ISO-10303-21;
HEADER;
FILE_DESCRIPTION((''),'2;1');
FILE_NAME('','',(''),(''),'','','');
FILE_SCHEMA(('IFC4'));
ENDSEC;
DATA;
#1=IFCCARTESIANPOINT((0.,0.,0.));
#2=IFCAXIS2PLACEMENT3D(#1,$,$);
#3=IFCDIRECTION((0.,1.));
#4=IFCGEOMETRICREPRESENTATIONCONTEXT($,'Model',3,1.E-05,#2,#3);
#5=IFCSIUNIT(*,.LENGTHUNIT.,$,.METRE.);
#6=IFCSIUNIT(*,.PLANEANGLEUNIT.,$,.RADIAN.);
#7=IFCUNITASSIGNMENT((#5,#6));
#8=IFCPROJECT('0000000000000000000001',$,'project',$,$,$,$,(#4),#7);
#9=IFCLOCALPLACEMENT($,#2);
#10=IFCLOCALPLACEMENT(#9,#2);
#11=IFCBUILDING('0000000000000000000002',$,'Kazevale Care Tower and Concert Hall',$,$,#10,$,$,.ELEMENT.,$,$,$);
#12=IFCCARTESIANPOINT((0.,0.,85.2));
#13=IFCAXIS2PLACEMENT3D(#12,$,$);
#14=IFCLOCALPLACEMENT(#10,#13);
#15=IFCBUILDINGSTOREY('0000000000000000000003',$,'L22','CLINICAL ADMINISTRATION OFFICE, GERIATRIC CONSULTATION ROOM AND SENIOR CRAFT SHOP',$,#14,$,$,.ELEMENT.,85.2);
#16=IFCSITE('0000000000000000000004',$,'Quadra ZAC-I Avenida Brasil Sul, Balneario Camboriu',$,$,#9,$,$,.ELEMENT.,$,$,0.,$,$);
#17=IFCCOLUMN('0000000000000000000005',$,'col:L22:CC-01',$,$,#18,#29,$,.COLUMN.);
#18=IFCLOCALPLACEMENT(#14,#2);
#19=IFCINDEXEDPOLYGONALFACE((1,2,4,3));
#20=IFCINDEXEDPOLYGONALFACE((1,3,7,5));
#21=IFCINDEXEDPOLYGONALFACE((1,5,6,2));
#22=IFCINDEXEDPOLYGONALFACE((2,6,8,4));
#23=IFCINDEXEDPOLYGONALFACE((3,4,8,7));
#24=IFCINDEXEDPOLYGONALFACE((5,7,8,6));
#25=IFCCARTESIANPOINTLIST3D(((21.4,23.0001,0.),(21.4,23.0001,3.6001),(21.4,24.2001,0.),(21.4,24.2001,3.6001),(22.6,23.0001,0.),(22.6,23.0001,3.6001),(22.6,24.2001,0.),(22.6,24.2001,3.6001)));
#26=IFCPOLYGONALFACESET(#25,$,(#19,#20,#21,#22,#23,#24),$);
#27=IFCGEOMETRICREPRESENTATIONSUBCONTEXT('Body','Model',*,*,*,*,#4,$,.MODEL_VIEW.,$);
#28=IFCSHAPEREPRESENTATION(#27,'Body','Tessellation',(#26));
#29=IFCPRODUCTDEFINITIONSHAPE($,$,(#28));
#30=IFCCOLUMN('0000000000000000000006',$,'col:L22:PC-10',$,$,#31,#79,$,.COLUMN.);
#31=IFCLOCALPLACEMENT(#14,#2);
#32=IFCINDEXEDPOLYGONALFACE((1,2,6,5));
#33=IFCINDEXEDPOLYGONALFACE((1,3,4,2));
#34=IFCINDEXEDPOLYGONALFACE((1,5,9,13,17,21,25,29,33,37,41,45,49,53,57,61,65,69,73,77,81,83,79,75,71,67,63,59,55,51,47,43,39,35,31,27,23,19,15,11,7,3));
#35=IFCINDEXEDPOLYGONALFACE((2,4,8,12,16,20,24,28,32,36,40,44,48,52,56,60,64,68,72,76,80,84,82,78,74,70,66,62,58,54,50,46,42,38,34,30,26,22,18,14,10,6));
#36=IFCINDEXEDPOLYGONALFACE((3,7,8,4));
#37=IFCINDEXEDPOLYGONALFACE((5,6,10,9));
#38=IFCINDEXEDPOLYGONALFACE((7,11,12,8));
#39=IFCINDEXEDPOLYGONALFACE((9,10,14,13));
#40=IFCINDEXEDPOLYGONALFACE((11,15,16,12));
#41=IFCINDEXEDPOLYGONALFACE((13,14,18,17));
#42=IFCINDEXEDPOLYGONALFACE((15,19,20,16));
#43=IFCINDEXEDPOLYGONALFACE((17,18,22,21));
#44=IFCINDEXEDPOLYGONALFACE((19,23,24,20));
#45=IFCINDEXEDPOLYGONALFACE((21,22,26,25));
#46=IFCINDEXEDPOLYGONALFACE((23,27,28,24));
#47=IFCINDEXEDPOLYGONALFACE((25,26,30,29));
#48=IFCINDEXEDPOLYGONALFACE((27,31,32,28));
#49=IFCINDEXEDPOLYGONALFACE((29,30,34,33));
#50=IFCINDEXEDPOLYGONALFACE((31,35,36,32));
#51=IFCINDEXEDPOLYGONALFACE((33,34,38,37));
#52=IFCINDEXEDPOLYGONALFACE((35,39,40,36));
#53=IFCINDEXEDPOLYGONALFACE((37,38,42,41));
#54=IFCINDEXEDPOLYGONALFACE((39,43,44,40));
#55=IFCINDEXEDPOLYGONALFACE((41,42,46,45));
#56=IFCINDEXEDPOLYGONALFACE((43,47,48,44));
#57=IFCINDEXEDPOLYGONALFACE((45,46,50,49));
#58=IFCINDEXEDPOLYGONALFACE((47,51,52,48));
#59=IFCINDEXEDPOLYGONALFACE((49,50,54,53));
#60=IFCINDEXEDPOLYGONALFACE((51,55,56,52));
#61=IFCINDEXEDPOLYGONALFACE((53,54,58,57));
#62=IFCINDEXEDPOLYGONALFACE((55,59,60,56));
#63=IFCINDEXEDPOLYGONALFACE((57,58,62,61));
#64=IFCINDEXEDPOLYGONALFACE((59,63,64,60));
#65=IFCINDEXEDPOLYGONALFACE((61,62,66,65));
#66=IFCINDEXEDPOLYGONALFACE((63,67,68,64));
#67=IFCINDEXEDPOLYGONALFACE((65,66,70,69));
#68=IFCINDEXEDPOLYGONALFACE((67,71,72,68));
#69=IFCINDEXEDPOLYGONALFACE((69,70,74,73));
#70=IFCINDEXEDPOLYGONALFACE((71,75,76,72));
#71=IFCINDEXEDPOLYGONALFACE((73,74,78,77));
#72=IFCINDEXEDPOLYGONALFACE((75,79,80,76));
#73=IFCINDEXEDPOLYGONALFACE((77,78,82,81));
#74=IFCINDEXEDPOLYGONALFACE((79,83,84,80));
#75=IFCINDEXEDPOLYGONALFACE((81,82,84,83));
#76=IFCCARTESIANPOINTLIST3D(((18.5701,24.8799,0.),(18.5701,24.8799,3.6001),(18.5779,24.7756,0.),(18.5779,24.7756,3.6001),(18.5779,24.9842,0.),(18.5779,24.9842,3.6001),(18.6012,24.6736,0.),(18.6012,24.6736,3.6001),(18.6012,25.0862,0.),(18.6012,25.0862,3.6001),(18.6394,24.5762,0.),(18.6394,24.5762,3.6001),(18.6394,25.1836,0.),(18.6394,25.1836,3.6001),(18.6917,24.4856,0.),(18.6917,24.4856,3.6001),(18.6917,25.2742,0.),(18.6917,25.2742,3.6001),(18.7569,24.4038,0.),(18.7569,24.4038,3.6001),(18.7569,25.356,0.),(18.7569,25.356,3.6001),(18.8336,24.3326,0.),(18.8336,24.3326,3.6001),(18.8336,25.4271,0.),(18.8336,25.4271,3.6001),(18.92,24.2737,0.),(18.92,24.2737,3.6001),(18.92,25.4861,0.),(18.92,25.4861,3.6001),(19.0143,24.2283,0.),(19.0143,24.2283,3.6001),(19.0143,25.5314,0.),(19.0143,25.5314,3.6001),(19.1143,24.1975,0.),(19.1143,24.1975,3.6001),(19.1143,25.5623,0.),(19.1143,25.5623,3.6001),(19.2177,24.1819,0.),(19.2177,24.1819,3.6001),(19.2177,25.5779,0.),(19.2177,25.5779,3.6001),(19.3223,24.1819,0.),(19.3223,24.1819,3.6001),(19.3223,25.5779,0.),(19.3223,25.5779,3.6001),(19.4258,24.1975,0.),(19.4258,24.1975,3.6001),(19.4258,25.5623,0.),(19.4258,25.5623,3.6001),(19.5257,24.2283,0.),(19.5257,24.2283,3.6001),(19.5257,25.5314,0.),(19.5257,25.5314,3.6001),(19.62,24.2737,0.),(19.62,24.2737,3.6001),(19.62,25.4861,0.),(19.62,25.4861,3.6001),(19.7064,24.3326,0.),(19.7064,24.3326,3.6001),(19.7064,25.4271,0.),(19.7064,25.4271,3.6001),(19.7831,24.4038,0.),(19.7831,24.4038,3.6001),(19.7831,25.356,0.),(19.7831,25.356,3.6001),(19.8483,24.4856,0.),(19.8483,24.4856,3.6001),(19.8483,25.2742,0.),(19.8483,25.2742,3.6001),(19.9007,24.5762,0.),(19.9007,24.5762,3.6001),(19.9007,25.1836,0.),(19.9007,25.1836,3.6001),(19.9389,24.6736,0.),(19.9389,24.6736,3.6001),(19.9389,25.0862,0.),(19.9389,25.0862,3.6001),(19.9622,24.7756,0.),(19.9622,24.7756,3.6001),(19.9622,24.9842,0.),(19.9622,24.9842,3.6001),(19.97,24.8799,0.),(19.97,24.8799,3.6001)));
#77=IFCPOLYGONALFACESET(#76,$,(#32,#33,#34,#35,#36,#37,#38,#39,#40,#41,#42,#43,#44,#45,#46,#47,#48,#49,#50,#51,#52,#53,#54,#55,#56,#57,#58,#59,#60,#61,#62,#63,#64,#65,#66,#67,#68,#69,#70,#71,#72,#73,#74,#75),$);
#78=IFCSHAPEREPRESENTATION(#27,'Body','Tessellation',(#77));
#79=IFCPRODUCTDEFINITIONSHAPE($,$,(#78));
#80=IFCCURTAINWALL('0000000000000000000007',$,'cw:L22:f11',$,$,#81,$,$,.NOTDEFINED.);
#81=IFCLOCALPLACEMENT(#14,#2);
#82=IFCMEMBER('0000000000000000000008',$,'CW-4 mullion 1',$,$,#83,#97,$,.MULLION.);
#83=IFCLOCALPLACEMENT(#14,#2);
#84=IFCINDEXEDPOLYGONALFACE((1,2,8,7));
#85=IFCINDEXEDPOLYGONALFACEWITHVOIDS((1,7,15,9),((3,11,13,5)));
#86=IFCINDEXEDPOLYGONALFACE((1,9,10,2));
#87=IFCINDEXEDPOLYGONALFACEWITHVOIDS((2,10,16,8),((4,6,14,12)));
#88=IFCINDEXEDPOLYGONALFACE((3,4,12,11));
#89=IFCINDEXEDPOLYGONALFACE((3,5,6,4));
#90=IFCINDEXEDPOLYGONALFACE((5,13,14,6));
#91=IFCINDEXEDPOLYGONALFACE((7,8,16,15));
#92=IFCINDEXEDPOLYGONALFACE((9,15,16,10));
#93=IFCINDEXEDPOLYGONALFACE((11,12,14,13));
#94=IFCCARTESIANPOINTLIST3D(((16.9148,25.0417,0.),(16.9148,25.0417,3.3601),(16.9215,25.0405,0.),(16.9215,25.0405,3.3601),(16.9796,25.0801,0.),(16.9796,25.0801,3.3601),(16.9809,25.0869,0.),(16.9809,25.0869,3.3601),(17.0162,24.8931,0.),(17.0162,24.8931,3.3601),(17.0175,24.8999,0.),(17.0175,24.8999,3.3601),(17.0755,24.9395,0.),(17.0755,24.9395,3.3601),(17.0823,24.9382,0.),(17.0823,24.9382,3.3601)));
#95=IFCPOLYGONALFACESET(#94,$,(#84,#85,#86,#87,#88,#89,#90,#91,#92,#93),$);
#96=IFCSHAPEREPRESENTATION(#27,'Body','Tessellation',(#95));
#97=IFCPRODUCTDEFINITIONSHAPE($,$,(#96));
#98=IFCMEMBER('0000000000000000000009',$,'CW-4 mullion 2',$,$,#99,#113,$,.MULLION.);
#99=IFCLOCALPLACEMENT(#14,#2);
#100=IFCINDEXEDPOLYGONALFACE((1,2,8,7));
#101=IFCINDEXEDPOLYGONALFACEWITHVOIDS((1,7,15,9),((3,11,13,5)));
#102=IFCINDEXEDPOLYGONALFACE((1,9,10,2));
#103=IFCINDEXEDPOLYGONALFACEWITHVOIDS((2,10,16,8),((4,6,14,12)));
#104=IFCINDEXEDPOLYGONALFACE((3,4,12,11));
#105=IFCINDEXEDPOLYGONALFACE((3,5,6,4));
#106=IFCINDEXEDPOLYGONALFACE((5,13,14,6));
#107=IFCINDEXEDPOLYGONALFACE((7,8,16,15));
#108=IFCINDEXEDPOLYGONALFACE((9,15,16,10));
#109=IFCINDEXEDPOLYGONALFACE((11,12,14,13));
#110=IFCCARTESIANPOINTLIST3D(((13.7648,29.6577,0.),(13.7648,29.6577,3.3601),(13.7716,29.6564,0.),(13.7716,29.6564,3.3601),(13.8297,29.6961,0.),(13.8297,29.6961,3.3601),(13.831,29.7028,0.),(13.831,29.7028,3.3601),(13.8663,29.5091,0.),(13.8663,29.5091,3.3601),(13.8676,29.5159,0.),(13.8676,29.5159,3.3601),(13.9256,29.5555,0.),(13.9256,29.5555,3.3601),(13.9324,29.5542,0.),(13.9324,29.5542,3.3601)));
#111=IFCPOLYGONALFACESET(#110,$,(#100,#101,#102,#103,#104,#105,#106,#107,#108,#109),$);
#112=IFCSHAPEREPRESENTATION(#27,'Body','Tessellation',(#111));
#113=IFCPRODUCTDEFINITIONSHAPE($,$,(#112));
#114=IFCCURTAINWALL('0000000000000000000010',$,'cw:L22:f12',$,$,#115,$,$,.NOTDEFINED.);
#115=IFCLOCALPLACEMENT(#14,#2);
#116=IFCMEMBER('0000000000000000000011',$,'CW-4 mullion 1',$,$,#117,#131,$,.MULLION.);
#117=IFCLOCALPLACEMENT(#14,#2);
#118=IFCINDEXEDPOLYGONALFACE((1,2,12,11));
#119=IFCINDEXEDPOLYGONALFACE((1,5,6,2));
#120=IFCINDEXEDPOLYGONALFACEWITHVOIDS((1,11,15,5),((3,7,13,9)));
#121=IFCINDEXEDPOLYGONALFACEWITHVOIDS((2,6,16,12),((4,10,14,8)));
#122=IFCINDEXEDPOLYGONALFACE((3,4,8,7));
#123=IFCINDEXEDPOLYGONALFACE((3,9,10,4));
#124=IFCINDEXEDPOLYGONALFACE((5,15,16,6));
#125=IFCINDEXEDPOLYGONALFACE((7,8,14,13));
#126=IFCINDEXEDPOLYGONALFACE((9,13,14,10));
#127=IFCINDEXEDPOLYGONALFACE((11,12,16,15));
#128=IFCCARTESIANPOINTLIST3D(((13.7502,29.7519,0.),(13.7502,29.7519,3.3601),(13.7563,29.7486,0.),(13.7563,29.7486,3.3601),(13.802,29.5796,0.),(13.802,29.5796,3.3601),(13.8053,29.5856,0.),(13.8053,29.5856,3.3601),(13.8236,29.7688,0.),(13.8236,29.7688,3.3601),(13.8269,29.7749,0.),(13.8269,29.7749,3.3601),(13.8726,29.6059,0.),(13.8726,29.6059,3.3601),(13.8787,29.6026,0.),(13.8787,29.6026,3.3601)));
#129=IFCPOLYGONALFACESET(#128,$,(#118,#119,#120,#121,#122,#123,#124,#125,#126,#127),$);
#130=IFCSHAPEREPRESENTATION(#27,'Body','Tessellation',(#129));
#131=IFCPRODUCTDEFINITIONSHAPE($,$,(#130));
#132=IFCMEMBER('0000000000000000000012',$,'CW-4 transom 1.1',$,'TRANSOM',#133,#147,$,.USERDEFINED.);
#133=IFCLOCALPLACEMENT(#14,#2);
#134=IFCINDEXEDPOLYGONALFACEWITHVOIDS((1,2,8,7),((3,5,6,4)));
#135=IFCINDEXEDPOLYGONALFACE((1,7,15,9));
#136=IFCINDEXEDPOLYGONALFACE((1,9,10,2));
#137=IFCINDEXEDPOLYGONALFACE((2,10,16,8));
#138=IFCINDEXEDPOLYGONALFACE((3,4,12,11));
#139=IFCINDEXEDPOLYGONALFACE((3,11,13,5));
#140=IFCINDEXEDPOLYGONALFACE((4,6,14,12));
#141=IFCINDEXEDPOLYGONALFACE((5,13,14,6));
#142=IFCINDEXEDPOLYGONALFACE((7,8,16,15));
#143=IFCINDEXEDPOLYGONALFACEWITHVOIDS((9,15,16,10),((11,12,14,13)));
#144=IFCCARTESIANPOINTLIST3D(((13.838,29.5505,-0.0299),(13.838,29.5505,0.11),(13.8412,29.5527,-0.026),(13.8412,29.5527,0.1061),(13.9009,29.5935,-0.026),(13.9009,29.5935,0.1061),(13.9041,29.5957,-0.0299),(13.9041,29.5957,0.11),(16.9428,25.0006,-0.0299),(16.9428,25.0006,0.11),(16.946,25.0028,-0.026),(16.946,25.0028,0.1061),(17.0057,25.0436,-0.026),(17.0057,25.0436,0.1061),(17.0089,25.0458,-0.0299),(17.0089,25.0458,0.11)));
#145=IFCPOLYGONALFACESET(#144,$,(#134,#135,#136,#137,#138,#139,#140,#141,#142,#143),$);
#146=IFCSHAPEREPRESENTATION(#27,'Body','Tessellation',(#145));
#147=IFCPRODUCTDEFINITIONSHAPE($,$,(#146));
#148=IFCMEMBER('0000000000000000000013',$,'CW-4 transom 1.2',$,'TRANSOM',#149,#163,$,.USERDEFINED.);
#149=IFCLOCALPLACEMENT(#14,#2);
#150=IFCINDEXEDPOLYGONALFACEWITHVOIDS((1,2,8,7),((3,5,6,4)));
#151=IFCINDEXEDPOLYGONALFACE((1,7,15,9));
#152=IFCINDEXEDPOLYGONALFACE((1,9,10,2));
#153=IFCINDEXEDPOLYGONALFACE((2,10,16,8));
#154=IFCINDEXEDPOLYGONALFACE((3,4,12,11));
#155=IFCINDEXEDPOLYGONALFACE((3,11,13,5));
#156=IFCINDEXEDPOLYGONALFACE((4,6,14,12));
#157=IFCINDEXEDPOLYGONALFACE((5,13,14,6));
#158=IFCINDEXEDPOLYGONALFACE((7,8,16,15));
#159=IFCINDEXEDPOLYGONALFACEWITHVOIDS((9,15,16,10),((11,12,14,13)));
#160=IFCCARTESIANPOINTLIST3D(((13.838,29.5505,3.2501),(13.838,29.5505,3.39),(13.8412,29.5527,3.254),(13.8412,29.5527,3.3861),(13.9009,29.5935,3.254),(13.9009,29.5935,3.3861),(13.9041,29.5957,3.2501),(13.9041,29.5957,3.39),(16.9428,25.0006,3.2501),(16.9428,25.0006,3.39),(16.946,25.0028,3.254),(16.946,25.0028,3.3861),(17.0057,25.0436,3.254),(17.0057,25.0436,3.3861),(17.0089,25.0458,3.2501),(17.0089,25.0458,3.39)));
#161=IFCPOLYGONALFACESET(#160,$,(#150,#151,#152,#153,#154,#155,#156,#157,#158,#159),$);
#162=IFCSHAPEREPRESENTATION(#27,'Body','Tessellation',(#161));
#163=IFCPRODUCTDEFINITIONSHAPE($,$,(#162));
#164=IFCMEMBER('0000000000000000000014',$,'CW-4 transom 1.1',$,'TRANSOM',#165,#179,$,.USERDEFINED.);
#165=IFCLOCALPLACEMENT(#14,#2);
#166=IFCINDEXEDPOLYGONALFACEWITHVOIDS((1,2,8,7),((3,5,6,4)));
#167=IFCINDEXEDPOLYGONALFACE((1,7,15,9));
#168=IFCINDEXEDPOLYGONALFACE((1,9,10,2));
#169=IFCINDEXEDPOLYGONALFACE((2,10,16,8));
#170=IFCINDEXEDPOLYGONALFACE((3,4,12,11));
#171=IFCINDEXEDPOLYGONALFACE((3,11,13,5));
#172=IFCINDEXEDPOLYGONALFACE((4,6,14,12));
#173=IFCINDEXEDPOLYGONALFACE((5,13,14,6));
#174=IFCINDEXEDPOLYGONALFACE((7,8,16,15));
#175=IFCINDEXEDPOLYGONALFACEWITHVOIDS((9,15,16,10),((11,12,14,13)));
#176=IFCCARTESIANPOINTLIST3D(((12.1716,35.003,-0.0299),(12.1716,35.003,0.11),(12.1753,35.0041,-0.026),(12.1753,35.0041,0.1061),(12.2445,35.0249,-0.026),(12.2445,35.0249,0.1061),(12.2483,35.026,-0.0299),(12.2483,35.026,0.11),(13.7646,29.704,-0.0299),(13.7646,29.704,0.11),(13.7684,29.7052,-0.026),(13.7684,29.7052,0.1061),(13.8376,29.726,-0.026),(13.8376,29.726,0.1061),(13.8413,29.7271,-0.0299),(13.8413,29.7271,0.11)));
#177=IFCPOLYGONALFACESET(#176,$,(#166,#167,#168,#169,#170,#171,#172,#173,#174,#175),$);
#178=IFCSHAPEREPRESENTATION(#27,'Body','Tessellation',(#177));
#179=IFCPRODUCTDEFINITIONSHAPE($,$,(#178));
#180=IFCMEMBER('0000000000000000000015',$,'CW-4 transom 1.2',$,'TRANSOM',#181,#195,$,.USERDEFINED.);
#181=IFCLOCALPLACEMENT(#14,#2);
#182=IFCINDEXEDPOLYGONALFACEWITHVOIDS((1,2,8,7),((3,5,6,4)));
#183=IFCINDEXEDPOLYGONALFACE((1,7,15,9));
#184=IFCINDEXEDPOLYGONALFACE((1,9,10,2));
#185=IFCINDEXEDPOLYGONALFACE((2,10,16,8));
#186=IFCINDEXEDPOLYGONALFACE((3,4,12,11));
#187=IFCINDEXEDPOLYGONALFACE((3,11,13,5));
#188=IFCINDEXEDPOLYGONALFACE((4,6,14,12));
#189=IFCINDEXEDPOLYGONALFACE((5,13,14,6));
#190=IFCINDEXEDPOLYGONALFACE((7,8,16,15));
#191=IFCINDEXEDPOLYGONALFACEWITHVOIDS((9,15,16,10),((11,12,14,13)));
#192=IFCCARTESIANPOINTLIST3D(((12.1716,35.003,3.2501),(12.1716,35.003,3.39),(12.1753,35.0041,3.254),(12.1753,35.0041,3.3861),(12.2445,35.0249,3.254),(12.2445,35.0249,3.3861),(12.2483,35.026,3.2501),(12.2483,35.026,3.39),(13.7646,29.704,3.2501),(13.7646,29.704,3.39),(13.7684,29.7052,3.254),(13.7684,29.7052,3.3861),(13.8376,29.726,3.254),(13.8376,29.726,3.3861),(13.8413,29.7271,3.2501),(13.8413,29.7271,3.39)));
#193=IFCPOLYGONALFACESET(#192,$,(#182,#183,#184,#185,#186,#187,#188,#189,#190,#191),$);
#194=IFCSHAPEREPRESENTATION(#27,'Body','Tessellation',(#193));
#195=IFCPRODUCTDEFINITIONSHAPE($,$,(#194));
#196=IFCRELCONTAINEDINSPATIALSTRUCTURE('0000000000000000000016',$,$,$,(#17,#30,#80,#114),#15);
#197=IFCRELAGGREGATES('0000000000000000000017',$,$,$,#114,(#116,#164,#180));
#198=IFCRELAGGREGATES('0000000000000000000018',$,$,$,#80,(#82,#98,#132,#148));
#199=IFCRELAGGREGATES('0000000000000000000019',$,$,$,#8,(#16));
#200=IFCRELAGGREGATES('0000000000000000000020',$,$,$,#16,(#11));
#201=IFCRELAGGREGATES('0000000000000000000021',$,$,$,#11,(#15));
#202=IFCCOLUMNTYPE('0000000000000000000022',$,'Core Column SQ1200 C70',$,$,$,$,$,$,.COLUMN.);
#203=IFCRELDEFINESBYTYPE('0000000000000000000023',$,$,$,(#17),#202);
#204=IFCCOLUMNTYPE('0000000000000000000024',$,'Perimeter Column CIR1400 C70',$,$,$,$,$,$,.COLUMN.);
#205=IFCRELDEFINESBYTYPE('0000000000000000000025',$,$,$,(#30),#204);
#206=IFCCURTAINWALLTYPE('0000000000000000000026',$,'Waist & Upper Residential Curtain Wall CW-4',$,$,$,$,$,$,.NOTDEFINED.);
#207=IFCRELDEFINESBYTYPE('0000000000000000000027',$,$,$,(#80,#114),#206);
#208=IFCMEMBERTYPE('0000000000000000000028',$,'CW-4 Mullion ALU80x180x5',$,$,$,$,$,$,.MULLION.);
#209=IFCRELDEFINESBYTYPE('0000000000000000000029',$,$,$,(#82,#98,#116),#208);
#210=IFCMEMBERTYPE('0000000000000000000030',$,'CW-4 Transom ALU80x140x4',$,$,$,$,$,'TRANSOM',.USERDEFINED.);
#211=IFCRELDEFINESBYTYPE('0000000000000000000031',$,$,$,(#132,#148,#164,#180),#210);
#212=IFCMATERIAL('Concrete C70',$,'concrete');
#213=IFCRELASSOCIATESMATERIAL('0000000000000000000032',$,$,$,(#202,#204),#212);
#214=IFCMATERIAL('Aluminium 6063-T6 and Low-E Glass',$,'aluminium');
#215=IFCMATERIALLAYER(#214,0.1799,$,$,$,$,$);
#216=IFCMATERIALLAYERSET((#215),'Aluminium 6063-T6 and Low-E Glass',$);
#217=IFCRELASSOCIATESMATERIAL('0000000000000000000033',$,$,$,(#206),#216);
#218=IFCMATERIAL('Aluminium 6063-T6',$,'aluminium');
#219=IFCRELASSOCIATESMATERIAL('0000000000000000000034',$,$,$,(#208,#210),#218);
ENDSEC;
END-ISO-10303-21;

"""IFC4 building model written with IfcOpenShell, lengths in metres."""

from ifc_helpers import new_model, si_unit, direction, frame, origin, origin_2d, place, context, subcontext, project, spatial, rectangle, hollow_rectangle, circle, extrude, material, layer, layer_set, material_profile, profile_set, type_object, element, aggregate, save


model = new_model("IFC4")

# Units and contexts
model_context = context("Model", 3, precision=1e-05, world=origin(), true_north=direction((0.0, 1.0)))
body_context = subcontext(model_context, "Body", "Model", "MODEL_VIEW")
ifc_project = project(units=[si_unit("LENGTHUNIT", "METRE"), si_unit("PLANEANGLEUNIT", "RADIAN")], contexts=[model_context])

# Site, building, storey
site_placement = place(None, origin())
site = spatial("IfcSite", under=ifc_project, at=site_placement, Name="Quadra ZAC-I Avenida Brasil Sul, Balneario Camboriu", CompositionType="ELEMENT", RefElevation=0.0)
building_placement = place(site_placement, origin())
building = spatial("IfcBuilding", under=site, at=building_placement, Name="Kazevale Care Tower and Concert Hall", CompositionType="ELEMENT")
storey_placement = place(building_placement, frame((0.0, 0.0, 85.2)))
storey = spatial("IfcBuildingStorey", under=building, at=storey_placement, Name="L22", Description="CLINICAL ADMINISTRATION OFFICE, GERIATRIC CONSULTATION ROOM AND SENIOR CRAFT SHOP", CompositionType="ELEMENT", Elevation=85.2)

# Columns
ifc_material_1 = material(Name="Concrete C70", Category="concrete")
ifc_material_profile_1 = material_profile(ifc_material_1, rectangle(XDim=1.2, YDim=1.2, at=origin_2d()), Name="RC-SQ1200")
ifc_profile_set_1 = profile_set([ifc_material_profile_1], Name="Concrete C70")
column_type_1 = type_object("IfcColumnType", Name="Core Column SQ1200 C70", PredefinedType="COLUMN", material=ifc_profile_set_1)
column_1_placement = place(storey_placement, frame((22.0, 23.6001, 0.0), z_axis=(0.0, 0.0, 1.0), x_axis=(1.0, 0.0, 0.0)))
element("IfcColumn", 1, at=column_1_placement, inside=storey, type_object=column_type_1, Name="col:L22:CC-01", PredefinedType="COLUMN", context=body_context, shape_type="SweptSolid", body=[
    extrude(rectangle(XDim=1.2, YDim=1.2, at=origin_2d()), origin(), (0.0, 0.0, 1.0), 3.6001),
])
ifc_material_profile_2 = material_profile(ifc_material_1, circle(Radius=0.7, at=origin_2d()), Name="RC-CIR1400")
ifc_profile_set_2 = profile_set([ifc_material_profile_2], Name="Concrete C70")
column_type_2 = type_object("IfcColumnType", Name="Perimeter Column CIR1400 C70", PredefinedType="COLUMN", material=ifc_profile_set_2)
column_2_placement = place(storey_placement, frame((19.27, 24.8799, 0.0), z_axis=(0.0, 0.0, 1.0), x_axis=(1.0, 0.0, 0.0)))
element("IfcColumn", 2, at=column_2_placement, inside=storey, type_object=column_type_2, Name="col:L22:PC-10", PredefinedType="COLUMN", context=body_context, shape_type="SweptSolid", body=[
    extrude(circle(Radius=0.7, at=origin_2d()), origin(), (0.0, 0.0, 1.0), 3.6001),
])

# Curtain wall, members
ifc_material_2 = material(Name="Aluminium 6063-T6 and Low-E Glass", Category="aluminium")
ifc_layer_1 = layer(ifc_material_2, 0.1799)
ifc_layer_set_1 = layer_set([ifc_layer_1], Name="Aluminium 6063-T6 and Low-E Glass")
curtain_wall_type_1 = type_object("IfcCurtainWallType", Name="Waist & Upper Residential Curtain Wall CW-4", PredefinedType="NOTDEFINED", material=ifc_layer_set_1)
curtain_wall_1_placement = place(storey_placement, origin())
curtain_wall_1 = element("IfcCurtainWall", 3, at=curtain_wall_1_placement, inside=storey, type_object=curtain_wall_type_1, Name="cw:L22:f11", PredefinedType="NOTDEFINED")
ifc_material_3 = material(Name="Aluminium 6063-T6", Category="aluminium")
ifc_material_profile_3 = material_profile(ifc_material_3, hollow_rectangle(XDim=0.0801, YDim=0.1799, WallThickness=0.0049, at=origin_2d()), Name="ALU80x180x5")
ifc_profile_set_3 = profile_set([ifc_material_profile_3], Name="Aluminium 6063-T6")
member_type_1 = type_object("IfcMemberType", Name="CW-4 Mullion ALU80x180x5", PredefinedType="MULLION", material=ifc_profile_set_3)
member_1_placement = place(storey_placement, frame((16.9985, 24.99, 0.0), z_axis=(0.0, 0.0, 1.0), x_axis=(-0.826003, -0.563665, 0.0)))
member_1 = element("IfcMember", 4, at=member_1_placement, type_object=member_type_1, Name="CW-4 mullion 1", PredefinedType="MULLION", context=body_context, shape_type="SweptSolid", body=[
    extrude(hollow_rectangle(XDim=0.0801, YDim=0.1799, WallThickness=0.0049, at=origin_2d()), origin(), (0.0, 0.0, 1.0), 3.3601),
])
member_2_placement = place(storey_placement, frame((13.8486, 29.606, 0.0), z_axis=(0.0, 0.0, 1.0), x_axis=(-0.826003, -0.563665, 0.0)))
member_2 = element("IfcMember", 5, at=member_2_placement, type_object=member_type_1, Name="CW-4 mullion 2", PredefinedType="MULLION", context=body_context, shape_type="SweptSolid", body=[
    extrude(hollow_rectangle(XDim=0.0801, YDim=0.1799, WallThickness=0.0049, at=origin_2d()), origin(), (0.0, 0.0, 1.0), 3.3601),
])

# Curtain wall, member
curtain_wall_2_placement = place(storey_placement, origin())
curtain_wall_2 = element("IfcCurtainWall", 6, at=curtain_wall_2_placement, inside=storey, type_object=curtain_wall_type_1, Name="cw:L22:f12", PredefinedType="NOTDEFINED")
member_3_placement = place(storey_placement, frame((13.8145, 29.6772, 0.0), z_axis=(0.0, 0.0, 1.0), x_axis=(-0.957662, -0.287896, 0.0)))
member_3 = element("IfcMember", 7, at=member_3_placement, type_object=member_type_1, Name="CW-4 mullion 1", PredefinedType="MULLION", context=body_context, shape_type="SweptSolid", body=[
    extrude(hollow_rectangle(XDim=0.0801, YDim=0.1799, WallThickness=0.0049, at=origin_2d()), origin(), (0.0, 0.0, 1.0), 3.3601),
])

# Members
ifc_material_profile_4 = material_profile(ifc_material_3, hollow_rectangle(XDim=0.0801, YDim=0.1399, WallThickness=0.0039, at=origin_2d()), Name="ALU80x140x4")
ifc_profile_set_4 = profile_set([ifc_material_profile_4], Name="Aluminium 6063-T6")
member_type_2 = type_object("IfcMemberType", Name="CW-4 Transom ALU80x140x4", ElementType="TRANSOM", PredefinedType="USERDEFINED", material=ifc_profile_set_4)
member_4_placement = place(storey_placement, frame((16.9758, 25.0232, 0.04), z_axis=(-0.563659, 0.826008, 0.0), x_axis=(-0.826008, -0.563659, 0.0)))
member_4 = element("IfcMember", 8, at=member_4_placement, type_object=member_type_2, Name="CW-4 transom 1.1", ObjectType="TRANSOM", PredefinedType="USERDEFINED", context=body_context, shape_type="SweptSolid", body=[
    extrude(hollow_rectangle(XDim=0.0801, YDim=0.1399, WallThickness=0.0039, at=origin_2d()), origin(), (0.0, 0.0, 1.0), 5.5083),
])
member_5_placement = place(storey_placement, frame((16.9758, 25.0232, 3.3201), z_axis=(-0.563659, 0.826008, 0.0), x_axis=(-0.826008, -0.563659, 0.0)))
member_5 = element("IfcMember", 9, at=member_5_placement, type_object=member_type_2, Name="CW-4 transom 1.2", ObjectType="TRANSOM", PredefinedType="USERDEFINED", context=body_context, shape_type="SweptSolid", body=[
    extrude(hollow_rectangle(XDim=0.0801, YDim=0.1399, WallThickness=0.0039, at=origin_2d()), origin(), (0.0, 0.0, 1.0), 5.5083),
])
member_6_placement = place(storey_placement, frame((13.803, 29.7156, 0.04), z_axis=(-0.287906, 0.957659, 0.0), x_axis=(-0.957659, -0.287906, 0.0)))
member_6 = element("IfcMember", 10, at=member_6_placement, type_object=member_type_2, Name="CW-4 transom 1.1", ObjectType="TRANSOM", PredefinedType="USERDEFINED", context=body_context, shape_type="SweptSolid", body=[
    extrude(hollow_rectangle(XDim=0.0801, YDim=0.1399, WallThickness=0.0039, at=origin_2d()), origin(), (0.0, 0.0, 1.0), 5.5332),
])
member_7_placement = place(storey_placement, frame((13.803, 29.7156, 3.3201), z_axis=(-0.287906, 0.957659, 0.0), x_axis=(-0.957659, -0.287906, 0.0)))
member_7 = element("IfcMember", 11, at=member_7_placement, type_object=member_type_2, Name="CW-4 transom 1.2", ObjectType="TRANSOM", PredefinedType="USERDEFINED", context=body_context, shape_type="SweptSolid", body=[
    extrude(hollow_rectangle(XDim=0.0801, YDim=0.1399, WallThickness=0.0039, at=origin_2d()), origin(), (0.0, 0.0, 1.0), 5.5332),
])
aggregate(curtain_wall_2, [member_3, member_6, member_7])

aggregate(curtain_wall_1, [member_1, member_2, member_4, member_5])

save(model, "model.ifc")
